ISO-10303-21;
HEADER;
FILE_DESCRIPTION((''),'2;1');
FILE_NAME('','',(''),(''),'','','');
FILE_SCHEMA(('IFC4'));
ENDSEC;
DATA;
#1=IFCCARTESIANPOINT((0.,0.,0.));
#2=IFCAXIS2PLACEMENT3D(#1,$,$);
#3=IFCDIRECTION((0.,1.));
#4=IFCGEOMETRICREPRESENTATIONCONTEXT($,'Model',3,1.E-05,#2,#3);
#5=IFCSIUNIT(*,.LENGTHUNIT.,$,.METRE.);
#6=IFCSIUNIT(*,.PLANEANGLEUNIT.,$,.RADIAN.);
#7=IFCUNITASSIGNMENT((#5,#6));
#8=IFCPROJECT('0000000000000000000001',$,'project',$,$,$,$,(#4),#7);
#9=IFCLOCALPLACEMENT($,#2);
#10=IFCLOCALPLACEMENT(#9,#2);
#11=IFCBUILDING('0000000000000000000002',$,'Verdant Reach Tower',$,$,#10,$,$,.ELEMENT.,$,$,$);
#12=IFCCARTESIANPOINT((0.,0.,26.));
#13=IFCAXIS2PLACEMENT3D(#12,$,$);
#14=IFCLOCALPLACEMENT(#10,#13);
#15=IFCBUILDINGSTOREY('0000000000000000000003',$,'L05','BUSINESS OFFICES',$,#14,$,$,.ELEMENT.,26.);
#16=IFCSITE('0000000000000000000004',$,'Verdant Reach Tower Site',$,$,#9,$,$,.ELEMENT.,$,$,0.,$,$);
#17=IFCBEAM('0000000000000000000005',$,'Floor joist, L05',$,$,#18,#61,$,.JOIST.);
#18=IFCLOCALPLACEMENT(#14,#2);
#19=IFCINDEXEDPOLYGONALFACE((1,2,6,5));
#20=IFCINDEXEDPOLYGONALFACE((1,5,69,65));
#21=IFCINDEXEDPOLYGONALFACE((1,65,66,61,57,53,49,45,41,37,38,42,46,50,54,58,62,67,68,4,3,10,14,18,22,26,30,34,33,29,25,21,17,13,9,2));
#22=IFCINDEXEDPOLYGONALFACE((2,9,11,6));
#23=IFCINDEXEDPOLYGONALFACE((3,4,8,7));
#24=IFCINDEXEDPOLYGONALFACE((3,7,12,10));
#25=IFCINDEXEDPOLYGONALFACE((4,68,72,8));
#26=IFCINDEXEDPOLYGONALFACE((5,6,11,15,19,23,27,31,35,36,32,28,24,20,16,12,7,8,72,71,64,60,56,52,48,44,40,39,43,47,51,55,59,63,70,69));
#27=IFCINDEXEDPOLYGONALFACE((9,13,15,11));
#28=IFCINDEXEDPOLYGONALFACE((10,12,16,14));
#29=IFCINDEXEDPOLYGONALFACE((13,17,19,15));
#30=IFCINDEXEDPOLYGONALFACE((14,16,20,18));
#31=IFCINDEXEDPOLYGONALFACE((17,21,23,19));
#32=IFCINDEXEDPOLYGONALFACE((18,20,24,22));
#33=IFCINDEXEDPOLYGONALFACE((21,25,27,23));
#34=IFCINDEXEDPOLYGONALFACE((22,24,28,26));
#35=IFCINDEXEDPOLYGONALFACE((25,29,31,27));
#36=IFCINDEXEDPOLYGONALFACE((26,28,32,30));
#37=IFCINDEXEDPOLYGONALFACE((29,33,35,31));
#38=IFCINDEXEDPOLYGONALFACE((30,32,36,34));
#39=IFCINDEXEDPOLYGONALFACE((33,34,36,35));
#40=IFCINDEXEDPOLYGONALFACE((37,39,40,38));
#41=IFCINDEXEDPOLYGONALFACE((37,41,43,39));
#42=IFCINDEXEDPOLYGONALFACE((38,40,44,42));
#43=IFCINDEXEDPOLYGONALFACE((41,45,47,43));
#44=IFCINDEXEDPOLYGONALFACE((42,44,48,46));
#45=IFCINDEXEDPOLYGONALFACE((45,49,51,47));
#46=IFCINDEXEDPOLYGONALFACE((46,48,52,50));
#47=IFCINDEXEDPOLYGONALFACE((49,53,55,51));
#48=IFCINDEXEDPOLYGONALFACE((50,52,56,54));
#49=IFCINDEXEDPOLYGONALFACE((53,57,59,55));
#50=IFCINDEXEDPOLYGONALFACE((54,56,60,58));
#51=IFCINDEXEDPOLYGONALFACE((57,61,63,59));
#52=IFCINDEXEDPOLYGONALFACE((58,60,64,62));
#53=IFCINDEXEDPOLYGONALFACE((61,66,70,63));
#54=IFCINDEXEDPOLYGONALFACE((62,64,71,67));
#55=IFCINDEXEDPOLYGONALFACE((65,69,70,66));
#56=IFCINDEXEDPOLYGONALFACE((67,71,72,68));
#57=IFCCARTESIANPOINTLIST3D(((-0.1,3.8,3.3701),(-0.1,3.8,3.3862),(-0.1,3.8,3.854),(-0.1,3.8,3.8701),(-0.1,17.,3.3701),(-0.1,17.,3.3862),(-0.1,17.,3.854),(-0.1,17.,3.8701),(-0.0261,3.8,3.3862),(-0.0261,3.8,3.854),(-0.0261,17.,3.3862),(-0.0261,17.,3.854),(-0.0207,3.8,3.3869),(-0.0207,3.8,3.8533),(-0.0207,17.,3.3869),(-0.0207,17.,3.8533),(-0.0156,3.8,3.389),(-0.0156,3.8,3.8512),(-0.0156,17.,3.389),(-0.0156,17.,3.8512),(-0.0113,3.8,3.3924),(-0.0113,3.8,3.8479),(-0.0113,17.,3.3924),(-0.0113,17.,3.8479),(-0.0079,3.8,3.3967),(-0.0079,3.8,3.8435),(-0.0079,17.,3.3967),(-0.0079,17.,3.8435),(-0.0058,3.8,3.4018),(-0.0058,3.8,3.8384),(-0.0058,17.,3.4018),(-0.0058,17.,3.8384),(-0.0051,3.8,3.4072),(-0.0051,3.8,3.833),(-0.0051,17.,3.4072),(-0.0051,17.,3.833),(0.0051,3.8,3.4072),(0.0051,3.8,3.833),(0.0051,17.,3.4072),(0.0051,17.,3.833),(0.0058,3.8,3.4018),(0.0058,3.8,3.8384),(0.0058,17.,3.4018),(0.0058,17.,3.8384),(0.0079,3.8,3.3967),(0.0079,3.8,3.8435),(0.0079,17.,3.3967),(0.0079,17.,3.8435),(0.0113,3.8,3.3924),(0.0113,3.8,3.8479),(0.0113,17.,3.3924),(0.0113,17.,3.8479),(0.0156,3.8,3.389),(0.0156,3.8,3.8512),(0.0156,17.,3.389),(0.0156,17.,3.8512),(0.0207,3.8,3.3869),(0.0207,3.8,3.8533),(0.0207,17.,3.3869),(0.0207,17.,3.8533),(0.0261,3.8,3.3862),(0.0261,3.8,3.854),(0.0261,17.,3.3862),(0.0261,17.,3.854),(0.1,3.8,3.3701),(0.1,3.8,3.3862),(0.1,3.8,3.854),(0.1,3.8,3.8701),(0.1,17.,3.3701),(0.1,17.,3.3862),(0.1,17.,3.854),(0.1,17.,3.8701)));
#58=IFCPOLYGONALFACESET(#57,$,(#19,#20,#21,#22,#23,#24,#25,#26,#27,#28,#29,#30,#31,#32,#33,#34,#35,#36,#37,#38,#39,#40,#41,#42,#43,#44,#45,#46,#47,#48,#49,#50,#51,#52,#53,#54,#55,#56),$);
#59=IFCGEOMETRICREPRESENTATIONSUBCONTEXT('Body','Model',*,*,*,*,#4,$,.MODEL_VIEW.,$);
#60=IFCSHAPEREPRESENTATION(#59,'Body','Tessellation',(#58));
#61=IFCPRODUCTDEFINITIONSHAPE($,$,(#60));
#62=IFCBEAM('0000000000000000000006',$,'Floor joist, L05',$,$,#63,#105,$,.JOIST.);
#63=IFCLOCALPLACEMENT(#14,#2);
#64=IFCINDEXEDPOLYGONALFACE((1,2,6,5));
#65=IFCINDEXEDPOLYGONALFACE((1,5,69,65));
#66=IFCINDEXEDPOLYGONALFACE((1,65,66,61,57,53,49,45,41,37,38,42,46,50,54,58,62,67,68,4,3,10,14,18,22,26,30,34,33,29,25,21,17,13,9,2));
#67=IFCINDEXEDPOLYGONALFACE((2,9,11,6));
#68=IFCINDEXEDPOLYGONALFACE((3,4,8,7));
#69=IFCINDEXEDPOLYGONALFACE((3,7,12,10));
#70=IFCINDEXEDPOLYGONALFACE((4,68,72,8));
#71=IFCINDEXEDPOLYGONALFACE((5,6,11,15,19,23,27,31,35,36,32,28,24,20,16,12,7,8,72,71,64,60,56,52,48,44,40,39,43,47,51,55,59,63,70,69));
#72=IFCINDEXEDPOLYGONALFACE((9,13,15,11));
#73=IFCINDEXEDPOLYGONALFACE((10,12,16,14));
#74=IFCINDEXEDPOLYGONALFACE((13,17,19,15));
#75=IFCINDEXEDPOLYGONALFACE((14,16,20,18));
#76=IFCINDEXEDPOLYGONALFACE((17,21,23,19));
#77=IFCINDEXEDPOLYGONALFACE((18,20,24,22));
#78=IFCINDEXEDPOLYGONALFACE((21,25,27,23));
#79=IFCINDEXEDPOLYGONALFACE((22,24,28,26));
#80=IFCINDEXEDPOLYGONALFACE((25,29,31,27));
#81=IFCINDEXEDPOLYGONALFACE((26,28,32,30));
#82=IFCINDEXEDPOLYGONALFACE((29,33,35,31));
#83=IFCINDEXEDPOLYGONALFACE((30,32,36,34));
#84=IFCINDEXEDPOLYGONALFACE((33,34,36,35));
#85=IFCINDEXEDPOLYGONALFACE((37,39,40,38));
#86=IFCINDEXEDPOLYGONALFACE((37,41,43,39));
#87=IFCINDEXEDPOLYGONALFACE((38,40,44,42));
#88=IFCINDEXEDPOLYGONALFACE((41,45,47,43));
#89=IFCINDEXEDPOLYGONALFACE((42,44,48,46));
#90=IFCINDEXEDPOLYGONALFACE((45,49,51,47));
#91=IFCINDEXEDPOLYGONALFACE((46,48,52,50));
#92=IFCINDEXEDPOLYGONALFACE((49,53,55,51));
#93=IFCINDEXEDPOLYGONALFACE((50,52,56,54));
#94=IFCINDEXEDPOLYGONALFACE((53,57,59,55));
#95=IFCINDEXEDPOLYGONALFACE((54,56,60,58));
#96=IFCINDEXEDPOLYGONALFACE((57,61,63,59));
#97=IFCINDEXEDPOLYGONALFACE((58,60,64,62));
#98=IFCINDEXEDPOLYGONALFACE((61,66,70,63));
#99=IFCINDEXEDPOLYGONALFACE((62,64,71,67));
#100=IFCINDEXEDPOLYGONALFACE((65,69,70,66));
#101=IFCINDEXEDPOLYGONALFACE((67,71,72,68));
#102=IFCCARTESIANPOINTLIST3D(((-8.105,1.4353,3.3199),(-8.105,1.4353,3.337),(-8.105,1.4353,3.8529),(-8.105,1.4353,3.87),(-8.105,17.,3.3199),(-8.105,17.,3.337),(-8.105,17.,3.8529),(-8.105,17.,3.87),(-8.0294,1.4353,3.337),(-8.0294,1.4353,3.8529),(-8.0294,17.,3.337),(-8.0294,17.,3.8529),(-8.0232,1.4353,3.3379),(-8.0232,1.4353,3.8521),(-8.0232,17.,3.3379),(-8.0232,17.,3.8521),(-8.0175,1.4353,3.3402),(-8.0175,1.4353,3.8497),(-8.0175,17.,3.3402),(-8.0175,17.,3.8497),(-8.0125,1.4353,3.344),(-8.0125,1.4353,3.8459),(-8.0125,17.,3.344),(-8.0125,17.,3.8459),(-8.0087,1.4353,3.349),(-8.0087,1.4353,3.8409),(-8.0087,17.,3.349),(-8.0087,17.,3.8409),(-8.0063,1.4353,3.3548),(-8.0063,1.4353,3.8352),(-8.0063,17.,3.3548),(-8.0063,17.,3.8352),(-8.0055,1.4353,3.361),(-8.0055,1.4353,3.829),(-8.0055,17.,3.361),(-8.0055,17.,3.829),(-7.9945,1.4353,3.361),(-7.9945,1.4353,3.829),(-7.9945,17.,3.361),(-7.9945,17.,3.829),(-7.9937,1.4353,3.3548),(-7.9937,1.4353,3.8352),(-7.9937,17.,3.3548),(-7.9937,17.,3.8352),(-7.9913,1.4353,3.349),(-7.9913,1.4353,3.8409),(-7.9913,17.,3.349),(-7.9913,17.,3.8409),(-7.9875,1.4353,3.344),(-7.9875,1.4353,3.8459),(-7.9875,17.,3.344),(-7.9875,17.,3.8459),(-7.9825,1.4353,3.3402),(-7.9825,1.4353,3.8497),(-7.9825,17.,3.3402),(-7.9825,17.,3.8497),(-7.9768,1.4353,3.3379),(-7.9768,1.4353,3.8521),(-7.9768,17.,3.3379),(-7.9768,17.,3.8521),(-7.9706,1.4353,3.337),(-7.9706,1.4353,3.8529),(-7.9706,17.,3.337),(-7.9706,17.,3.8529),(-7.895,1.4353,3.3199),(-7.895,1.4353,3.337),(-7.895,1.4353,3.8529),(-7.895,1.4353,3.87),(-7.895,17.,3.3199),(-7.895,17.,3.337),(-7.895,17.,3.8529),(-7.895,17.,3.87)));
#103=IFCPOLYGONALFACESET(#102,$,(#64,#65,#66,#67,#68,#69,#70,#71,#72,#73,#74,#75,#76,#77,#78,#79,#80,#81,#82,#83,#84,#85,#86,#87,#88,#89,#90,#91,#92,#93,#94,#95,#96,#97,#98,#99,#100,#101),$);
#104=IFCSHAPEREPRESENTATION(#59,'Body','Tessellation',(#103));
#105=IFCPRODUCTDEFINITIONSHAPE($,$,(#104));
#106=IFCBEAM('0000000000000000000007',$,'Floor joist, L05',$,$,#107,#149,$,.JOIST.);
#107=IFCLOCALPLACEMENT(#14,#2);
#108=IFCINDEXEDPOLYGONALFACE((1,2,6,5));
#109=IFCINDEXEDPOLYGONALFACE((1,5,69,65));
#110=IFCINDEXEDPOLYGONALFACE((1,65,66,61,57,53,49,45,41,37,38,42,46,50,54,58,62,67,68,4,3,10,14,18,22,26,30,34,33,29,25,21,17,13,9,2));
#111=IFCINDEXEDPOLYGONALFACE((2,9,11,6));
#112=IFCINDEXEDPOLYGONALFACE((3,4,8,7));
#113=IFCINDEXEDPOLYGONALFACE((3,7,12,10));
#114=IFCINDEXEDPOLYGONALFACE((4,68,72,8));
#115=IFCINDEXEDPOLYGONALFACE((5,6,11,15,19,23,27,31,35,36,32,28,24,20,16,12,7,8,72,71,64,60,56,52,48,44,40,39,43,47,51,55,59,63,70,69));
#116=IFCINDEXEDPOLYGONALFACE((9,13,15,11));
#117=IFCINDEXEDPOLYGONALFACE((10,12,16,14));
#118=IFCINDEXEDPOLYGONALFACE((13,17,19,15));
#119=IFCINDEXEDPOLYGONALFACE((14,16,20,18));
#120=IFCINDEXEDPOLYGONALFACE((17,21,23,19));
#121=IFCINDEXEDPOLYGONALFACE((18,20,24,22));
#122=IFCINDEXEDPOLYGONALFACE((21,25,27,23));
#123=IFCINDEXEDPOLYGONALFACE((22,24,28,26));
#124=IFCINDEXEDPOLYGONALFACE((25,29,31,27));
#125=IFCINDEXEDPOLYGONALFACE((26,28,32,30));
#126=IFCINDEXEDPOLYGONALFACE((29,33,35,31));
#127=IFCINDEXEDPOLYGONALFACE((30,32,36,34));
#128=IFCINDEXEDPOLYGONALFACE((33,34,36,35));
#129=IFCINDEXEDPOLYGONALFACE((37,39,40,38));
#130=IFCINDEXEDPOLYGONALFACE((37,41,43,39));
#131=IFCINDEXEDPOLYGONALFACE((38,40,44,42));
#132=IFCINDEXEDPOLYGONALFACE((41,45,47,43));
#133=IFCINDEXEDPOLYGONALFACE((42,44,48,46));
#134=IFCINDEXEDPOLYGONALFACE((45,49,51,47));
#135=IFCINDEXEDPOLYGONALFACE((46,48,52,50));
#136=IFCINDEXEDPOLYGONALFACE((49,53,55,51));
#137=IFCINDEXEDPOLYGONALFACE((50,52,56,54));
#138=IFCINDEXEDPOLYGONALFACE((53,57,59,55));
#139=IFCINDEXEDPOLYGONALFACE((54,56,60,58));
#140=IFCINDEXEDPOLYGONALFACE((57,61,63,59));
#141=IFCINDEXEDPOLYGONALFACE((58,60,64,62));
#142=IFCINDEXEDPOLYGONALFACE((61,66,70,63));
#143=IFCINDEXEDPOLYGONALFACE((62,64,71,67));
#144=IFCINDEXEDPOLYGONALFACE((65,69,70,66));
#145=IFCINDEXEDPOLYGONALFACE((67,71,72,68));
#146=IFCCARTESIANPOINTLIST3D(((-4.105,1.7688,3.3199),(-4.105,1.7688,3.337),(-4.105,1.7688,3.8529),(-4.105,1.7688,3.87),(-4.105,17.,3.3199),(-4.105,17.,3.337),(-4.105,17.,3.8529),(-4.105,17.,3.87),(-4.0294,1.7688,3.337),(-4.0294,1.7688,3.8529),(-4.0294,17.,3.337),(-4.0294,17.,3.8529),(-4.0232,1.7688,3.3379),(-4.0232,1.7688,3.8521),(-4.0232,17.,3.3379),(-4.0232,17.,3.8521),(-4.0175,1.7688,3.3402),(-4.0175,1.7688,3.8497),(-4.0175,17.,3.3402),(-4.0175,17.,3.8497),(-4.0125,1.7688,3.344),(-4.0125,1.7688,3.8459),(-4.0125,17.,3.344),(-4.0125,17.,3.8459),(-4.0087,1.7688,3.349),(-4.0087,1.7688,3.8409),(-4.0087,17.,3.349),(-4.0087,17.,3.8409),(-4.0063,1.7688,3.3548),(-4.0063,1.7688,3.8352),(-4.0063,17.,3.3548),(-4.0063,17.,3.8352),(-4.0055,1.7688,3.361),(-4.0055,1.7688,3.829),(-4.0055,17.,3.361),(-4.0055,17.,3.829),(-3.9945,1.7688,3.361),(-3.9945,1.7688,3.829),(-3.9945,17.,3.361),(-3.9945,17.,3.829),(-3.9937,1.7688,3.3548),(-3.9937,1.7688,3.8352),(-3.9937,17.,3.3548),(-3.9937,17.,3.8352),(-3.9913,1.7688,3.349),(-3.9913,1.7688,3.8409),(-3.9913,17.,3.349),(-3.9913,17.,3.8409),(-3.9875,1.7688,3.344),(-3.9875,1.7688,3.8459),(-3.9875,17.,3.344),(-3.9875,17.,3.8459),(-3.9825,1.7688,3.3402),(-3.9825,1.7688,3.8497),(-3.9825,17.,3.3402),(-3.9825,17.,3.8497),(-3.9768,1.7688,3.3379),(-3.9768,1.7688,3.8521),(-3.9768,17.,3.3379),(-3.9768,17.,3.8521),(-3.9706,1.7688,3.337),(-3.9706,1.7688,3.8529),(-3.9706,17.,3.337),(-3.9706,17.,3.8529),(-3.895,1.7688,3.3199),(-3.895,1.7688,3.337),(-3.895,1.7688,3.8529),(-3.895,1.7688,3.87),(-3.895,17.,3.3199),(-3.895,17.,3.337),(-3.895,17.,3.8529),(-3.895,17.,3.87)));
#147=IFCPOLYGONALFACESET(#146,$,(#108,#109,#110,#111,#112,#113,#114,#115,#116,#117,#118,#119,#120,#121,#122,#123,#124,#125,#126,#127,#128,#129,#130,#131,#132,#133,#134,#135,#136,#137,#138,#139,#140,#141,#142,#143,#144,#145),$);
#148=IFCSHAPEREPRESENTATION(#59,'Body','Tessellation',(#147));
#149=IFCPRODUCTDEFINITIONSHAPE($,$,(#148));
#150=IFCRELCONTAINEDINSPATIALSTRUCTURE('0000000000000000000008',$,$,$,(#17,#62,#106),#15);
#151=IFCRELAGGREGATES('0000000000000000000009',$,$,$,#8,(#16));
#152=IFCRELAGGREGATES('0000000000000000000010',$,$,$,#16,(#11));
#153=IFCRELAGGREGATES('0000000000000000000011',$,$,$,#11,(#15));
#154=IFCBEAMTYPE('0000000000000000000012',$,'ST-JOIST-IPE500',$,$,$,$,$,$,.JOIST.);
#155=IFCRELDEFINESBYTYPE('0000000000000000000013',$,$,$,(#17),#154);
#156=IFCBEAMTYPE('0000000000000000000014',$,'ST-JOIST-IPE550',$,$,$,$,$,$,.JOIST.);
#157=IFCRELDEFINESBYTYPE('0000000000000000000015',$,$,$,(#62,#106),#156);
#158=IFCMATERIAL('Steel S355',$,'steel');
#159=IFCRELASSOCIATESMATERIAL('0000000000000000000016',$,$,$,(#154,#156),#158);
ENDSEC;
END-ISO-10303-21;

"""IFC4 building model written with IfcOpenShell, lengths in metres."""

from ifc_helpers import new_model, si_unit, direction, frame, origin, origin_2d, place, context, subcontext, project, spatial, i_section, extrude, material, material_profile, profile_set, type_object, element, save


model = new_model("IFC4")

# Units and contexts
model_context = context("Model", 3, precision=1e-05, world=origin(), true_north=direction((0.0, 1.0)))
body_context = subcontext(model_context, "Body", "Model", "MODEL_VIEW")
ifc_project = project(units=[si_unit("LENGTHUNIT", "METRE"), si_unit("PLANEANGLEUNIT", "RADIAN")], contexts=[model_context])

# Site, building, storey
site_placement = place(None, origin())
site = spatial("IfcSite", under=ifc_project, at=site_placement, Name="Verdant Reach Tower Site", CompositionType="ELEMENT", RefElevation=0.0)
building_placement = place(site_placement, origin())
building = spatial("IfcBuilding", under=site, at=building_placement, Name="Verdant Reach Tower", CompositionType="ELEMENT")
storey_placement = place(building_placement, frame((0.0, 0.0, 26.0)))
storey = spatial("IfcBuildingStorey", under=building, at=storey_placement, Name="L05", Description="BUSINESS OFFICES", CompositionType="ELEMENT", Elevation=26.0)

# Beams
ifc_material_1 = material(Name="Steel S355", Category="steel")
ifc_material_profile_1 = material_profile(ifc_material_1, i_section(OverallWidth=0.2, OverallDepth=0.5, WebThickness=0.0103, FlangeThickness=0.0161, FilletRadius=0.021, at=origin_2d()), Name="IPE 500")
ifc_profile_set_1 = profile_set([ifc_material_profile_1], Name="Steel S355")
beam_type_1 = type_object("IfcBeamType", Name="ST-JOIST-IPE500", PredefinedType="JOIST", material=ifc_profile_set_1)
beam_1_placement = place(storey_placement, frame((0.0, 17.0, 3.6201), z_axis=(0.0, -1.0, 0.0), x_axis=(1.0, 0.0, 0.0)))
element("IfcBeam", 1, at=beam_1_placement, inside=storey, type_object=beam_type_1, Name="Floor joist, L05", PredefinedType="JOIST", context=body_context, shape_type="SweptSolid", body=[
    extrude(i_section(OverallWidth=0.2, OverallDepth=0.5, WebThickness=0.0103, FlangeThickness=0.0161, FilletRadius=0.021, at=origin_2d()), origin(), (0.0, 0.0, 1.0), 13.2),
])
ifc_material_profile_2 = material_profile(ifc_material_1, i_section(OverallWidth=0.21, OverallDepth=0.55, WebThickness=0.011, FlangeThickness=0.0171, FilletRadius=0.0239, at=origin_2d()), Name="IPE 550")
ifc_profile_set_2 = profile_set([ifc_material_profile_2], Name="Steel S355")
beam_type_2 = type_object("IfcBeamType", Name="ST-JOIST-IPE550", PredefinedType="JOIST", material=ifc_profile_set_2)
beam_2_placement = place(storey_placement, frame((-8.0, 17.0, 3.595), z_axis=(0.0, -1.0, 0.0), x_axis=(1.0, 0.0, 0.0)))
element("IfcBeam", 2, at=beam_2_placement, inside=storey, type_object=beam_type_2, Name="Floor joist, L05", PredefinedType="JOIST", context=body_context, shape_type="SweptSolid", body=[
    extrude(i_section(OverallWidth=0.21, OverallDepth=0.55, WebThickness=0.011, FlangeThickness=0.0171, FilletRadius=0.0239, at=origin_2d()), origin(), (0.0, 0.0, 1.0), 15.5647),
])
beam_3_placement = place(storey_placement, frame((-4.0, 17.0, 3.595), z_axis=(0.0, -1.0, 0.0), x_axis=(1.0, 0.0, 0.0)))
element("IfcBeam", 3, at=beam_3_placement, inside=storey, type_object=beam_type_2, Name="Floor joist, L05", PredefinedType="JOIST", context=body_context, shape_type="SweptSolid", body=[
    extrude(i_section(OverallWidth=0.21, OverallDepth=0.55, WebThickness=0.011, FlangeThickness=0.0171, FilletRadius=0.0239, at=origin_2d()), origin(), (0.0, 0.0, 1.0), 15.2312),
])

save(model, "model.ifc")
